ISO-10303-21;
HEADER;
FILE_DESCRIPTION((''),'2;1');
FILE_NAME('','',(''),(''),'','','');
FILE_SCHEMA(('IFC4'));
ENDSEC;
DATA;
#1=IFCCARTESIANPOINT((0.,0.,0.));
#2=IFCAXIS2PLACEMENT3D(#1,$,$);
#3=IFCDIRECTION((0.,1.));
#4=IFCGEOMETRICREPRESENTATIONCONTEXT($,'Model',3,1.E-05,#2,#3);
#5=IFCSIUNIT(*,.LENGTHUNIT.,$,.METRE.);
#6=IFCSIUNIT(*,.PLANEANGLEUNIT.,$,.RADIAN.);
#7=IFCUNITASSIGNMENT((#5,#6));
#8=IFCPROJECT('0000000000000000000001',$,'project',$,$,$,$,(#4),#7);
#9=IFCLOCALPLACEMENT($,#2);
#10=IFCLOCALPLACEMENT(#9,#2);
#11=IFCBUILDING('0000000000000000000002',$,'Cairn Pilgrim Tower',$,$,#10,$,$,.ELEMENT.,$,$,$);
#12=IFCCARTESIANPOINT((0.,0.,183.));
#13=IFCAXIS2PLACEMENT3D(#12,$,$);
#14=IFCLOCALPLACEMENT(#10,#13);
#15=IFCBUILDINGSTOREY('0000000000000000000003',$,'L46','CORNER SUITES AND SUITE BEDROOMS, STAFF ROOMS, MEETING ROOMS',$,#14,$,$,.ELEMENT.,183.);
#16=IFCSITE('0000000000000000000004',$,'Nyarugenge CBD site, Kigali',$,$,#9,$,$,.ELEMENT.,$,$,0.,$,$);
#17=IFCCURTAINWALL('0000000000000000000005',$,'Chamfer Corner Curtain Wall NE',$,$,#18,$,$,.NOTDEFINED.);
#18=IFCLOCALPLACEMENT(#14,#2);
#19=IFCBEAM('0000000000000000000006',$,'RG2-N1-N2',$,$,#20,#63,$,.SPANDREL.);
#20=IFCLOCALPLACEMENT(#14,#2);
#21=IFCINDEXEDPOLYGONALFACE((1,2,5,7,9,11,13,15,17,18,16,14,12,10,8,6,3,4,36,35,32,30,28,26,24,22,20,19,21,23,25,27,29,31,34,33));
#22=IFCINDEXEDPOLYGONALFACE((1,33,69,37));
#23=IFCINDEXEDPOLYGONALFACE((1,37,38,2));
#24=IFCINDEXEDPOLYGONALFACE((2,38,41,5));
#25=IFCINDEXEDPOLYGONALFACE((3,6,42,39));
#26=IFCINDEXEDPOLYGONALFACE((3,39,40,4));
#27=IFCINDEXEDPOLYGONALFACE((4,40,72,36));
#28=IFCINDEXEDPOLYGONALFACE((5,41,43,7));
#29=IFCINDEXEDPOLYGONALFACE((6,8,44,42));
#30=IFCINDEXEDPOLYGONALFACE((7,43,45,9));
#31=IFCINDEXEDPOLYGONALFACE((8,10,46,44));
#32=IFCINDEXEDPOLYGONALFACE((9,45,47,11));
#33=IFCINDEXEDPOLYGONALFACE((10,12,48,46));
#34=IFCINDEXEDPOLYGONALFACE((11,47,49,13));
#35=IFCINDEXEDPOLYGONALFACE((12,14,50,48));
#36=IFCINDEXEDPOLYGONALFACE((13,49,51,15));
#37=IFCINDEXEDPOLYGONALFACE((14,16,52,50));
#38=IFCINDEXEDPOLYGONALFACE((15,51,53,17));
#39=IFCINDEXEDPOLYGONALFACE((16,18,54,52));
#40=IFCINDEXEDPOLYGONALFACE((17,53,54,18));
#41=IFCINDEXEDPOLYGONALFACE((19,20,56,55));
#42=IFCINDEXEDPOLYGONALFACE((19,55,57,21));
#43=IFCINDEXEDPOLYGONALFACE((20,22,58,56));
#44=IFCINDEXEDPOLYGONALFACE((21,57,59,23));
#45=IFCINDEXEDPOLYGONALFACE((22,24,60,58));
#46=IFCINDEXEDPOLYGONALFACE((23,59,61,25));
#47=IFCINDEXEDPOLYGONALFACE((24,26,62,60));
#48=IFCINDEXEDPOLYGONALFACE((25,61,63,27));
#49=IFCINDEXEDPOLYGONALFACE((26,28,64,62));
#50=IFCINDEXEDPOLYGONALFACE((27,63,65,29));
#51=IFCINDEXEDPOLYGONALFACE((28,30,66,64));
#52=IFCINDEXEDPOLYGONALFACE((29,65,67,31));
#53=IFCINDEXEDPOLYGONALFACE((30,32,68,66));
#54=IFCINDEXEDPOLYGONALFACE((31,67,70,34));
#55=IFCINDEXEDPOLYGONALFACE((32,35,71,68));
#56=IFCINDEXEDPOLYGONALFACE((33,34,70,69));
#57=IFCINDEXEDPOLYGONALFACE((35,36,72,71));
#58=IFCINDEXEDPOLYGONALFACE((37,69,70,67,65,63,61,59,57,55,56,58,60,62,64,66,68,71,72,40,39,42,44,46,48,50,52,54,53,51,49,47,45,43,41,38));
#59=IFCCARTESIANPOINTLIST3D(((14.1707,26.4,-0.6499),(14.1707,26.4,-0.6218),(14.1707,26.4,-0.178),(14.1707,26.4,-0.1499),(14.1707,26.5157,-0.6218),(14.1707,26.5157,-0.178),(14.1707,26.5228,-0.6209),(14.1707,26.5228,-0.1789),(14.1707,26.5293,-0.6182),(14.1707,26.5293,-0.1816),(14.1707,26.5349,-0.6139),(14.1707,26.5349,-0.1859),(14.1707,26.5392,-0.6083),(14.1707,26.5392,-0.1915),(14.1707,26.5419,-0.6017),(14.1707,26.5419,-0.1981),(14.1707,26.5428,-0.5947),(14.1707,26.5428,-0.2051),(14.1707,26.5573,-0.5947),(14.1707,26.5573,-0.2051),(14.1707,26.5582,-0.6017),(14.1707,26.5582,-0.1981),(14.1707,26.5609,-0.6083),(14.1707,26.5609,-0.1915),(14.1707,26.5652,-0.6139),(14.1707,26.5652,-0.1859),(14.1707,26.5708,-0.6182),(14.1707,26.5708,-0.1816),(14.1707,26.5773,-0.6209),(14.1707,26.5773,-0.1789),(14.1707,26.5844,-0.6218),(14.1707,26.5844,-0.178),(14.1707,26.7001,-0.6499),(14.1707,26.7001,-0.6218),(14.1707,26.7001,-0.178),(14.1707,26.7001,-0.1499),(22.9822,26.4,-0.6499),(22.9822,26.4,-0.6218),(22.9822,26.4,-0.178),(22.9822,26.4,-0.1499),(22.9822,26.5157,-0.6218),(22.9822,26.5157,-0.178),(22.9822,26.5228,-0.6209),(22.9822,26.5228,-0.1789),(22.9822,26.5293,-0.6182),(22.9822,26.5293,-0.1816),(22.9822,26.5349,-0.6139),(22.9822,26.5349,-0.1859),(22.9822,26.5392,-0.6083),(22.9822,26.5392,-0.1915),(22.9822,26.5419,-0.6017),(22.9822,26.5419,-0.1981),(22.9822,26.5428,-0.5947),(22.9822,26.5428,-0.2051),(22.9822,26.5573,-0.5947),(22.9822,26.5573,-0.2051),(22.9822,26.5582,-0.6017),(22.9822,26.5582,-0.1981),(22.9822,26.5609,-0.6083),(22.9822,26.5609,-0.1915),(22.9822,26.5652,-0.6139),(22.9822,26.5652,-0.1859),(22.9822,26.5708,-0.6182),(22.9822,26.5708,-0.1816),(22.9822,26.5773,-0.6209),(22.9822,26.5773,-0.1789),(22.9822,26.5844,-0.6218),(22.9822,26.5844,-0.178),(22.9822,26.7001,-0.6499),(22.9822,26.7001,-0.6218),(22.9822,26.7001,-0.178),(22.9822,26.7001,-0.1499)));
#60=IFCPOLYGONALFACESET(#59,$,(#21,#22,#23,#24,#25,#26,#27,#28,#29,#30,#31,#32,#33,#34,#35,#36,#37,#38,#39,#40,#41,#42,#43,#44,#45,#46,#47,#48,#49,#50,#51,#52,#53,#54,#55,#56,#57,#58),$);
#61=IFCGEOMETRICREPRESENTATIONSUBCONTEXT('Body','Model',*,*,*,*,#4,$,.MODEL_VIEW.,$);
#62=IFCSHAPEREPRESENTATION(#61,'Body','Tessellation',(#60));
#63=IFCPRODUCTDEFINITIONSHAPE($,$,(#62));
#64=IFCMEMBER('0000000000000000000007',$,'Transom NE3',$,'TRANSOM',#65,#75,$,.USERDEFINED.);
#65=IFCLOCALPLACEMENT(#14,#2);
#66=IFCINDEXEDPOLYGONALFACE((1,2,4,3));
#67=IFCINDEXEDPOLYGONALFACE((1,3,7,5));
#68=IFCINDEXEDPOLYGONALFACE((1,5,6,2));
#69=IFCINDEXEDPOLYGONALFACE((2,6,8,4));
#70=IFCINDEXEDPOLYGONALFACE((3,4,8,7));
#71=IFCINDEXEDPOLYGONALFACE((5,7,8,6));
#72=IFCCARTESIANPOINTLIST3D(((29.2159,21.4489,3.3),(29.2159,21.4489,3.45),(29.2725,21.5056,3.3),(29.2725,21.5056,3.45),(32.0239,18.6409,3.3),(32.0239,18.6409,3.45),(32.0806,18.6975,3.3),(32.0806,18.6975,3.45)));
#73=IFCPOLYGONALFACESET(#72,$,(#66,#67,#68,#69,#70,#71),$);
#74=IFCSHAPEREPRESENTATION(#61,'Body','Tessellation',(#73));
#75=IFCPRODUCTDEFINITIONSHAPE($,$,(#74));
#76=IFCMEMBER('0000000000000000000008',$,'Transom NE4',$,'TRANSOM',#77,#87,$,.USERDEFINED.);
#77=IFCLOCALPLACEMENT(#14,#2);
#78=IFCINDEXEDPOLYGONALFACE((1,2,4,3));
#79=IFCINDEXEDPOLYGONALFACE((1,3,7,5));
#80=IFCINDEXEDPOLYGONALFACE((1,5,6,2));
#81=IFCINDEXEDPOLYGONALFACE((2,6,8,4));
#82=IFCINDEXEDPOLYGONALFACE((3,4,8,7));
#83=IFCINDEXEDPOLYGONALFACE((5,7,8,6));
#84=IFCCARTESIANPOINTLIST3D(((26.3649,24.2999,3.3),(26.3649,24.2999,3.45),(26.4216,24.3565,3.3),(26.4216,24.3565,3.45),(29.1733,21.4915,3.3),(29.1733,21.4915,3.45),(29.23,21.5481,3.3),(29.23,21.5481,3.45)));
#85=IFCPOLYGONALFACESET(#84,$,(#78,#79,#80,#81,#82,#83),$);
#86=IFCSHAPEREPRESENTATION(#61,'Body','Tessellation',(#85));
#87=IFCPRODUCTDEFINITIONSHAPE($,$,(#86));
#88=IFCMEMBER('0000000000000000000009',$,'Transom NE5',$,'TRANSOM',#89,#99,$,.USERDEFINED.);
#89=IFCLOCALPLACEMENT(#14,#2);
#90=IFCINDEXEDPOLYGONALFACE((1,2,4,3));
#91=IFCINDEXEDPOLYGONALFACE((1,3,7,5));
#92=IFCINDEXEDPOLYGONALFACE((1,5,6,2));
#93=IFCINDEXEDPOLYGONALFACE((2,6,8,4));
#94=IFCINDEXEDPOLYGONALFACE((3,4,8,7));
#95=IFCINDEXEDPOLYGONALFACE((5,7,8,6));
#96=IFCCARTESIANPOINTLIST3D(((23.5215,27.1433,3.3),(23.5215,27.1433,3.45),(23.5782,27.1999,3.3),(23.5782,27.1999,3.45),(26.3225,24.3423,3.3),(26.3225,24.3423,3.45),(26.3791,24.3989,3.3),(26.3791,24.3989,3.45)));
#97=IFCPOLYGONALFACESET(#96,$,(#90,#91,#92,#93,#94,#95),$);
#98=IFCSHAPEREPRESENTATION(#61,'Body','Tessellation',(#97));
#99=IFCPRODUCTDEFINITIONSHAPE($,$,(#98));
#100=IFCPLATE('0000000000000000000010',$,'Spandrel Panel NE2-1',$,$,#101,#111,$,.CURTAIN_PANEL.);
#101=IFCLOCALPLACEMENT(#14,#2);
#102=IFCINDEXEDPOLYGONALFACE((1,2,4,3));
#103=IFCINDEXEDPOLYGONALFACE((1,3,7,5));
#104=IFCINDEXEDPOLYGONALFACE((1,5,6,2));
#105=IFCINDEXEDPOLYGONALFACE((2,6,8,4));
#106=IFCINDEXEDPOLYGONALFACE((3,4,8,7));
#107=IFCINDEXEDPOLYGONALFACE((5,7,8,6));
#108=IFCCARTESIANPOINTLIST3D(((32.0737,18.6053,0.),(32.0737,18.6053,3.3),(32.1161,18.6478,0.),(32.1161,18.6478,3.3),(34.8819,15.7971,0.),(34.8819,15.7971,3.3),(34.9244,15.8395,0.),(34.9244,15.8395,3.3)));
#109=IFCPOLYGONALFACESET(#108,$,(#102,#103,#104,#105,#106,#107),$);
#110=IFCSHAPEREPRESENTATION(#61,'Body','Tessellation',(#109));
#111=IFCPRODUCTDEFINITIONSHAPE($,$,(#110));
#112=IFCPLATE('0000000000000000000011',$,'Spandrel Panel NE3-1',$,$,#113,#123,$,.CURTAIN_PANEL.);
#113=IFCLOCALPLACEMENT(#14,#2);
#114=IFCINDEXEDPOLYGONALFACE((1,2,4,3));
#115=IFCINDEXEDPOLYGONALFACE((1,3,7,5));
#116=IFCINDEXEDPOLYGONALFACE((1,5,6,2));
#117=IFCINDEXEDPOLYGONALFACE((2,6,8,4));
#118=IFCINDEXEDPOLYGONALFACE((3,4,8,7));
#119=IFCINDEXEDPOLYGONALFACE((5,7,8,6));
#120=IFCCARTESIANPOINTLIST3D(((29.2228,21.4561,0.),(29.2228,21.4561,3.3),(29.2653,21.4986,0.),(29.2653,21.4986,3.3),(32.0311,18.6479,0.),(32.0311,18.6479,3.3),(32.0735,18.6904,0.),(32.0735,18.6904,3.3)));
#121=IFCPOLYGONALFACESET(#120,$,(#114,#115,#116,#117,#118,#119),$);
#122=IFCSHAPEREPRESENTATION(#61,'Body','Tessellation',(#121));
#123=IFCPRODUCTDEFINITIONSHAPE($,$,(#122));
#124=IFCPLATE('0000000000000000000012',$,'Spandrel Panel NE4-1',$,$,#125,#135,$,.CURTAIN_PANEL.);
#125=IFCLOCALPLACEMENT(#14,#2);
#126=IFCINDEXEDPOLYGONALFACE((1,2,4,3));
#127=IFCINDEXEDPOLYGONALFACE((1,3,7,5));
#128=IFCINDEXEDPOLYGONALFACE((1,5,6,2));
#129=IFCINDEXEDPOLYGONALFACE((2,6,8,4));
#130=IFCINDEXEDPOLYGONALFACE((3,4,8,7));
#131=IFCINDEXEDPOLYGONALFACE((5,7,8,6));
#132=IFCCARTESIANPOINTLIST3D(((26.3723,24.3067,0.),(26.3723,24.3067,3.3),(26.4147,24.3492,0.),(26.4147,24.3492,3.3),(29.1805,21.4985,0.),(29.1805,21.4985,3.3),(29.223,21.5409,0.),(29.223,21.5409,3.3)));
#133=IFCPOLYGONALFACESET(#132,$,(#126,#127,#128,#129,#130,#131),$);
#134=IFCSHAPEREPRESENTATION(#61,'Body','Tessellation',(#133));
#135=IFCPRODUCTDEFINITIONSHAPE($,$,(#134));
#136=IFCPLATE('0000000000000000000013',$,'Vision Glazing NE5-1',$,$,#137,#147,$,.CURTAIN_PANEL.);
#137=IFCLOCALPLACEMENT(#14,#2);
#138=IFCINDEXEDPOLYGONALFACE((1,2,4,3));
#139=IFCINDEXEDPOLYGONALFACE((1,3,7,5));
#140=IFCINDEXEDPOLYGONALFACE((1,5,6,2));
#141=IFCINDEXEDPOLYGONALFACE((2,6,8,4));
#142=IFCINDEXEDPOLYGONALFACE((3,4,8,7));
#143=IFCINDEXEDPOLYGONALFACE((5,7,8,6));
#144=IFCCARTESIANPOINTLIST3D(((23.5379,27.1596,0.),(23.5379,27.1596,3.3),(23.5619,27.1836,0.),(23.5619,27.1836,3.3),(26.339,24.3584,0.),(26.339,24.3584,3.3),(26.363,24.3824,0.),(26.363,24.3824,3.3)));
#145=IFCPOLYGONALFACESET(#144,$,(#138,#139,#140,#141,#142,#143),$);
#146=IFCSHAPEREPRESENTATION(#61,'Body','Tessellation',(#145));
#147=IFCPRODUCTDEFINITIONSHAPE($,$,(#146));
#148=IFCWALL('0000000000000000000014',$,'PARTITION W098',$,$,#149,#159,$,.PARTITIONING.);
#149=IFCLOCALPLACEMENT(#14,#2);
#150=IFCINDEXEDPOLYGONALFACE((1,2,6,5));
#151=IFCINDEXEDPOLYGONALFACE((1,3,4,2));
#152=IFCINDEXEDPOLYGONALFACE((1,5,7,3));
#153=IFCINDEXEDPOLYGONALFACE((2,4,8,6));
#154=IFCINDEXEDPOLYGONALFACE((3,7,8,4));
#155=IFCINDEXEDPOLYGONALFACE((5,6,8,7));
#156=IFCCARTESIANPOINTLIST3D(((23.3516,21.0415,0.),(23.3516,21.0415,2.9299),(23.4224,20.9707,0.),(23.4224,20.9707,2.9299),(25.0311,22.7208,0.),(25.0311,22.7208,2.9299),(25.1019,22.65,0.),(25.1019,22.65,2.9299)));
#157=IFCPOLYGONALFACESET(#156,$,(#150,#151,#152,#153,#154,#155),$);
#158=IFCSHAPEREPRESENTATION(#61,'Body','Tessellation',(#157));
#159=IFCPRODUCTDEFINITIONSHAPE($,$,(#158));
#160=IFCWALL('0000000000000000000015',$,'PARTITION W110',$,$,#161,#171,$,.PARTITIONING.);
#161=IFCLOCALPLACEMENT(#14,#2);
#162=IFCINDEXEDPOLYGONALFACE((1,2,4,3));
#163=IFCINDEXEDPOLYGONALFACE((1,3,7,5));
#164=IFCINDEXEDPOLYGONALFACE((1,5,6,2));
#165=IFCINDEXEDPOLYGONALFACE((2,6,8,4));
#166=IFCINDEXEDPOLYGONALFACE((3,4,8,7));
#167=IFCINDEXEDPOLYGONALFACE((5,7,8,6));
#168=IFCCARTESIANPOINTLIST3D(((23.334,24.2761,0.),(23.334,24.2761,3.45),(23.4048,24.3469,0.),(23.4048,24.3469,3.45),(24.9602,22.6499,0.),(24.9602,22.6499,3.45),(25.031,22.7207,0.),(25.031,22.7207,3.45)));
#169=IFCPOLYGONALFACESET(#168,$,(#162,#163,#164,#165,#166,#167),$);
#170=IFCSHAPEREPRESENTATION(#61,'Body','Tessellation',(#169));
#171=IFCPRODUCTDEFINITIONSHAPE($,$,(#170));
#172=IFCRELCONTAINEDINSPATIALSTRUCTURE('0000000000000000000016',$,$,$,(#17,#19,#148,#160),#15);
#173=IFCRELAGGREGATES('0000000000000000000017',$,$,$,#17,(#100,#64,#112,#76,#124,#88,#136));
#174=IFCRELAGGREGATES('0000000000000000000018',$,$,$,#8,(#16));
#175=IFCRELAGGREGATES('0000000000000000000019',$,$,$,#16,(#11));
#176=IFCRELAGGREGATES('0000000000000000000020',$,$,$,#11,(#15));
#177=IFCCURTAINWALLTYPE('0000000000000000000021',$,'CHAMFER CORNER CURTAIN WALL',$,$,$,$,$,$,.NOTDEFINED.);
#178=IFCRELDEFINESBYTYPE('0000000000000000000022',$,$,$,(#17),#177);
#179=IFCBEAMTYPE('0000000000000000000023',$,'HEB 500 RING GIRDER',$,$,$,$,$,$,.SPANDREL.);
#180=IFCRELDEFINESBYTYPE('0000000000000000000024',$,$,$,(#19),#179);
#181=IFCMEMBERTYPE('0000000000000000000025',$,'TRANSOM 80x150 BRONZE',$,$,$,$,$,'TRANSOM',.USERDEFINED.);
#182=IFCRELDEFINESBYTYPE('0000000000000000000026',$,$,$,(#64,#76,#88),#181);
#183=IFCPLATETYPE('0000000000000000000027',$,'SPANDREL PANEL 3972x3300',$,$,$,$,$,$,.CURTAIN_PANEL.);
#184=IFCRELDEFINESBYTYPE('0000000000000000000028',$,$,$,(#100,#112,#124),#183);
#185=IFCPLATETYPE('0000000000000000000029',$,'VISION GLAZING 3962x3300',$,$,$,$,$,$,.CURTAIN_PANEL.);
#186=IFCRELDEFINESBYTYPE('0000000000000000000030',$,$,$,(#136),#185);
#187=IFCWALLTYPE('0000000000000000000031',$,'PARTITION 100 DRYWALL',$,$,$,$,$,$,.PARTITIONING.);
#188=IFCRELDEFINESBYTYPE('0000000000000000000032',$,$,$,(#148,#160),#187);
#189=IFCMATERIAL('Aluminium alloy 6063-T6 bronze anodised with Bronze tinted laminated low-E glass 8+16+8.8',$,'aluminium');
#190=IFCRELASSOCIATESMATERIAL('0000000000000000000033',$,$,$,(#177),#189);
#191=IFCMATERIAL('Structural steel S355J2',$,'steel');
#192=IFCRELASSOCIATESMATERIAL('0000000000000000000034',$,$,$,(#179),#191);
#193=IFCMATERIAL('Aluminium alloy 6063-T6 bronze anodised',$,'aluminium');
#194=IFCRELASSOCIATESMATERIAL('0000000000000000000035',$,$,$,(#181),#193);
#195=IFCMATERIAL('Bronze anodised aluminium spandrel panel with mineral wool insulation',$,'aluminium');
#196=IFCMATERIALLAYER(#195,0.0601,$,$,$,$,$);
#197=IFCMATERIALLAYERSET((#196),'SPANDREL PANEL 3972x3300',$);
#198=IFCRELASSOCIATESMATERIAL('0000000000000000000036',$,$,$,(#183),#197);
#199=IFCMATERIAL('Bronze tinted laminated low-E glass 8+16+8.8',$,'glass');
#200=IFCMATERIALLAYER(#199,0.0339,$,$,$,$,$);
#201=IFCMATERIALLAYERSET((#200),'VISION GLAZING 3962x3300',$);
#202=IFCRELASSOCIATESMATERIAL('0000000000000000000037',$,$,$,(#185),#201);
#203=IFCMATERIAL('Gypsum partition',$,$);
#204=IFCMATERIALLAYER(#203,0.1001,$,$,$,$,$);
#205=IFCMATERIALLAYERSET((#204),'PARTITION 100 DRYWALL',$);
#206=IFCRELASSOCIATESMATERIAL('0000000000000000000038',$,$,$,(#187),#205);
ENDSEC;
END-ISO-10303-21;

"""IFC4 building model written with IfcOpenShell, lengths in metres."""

from ifc_helpers import new_model, si_unit, direction, frame, frame_2d, origin, origin_2d, place, context, subcontext, project, spatial, rectangle, i_section, extrude, material, layer, layer_set, material_profile, profile_set, type_object, element, aggregate, save


model = new_model("IFC4")

# Units and contexts
model_context = context("Model", 3, precision=1e-05, world=origin(), true_north=direction((0.0, 1.0)))
body_context = subcontext(model_context, "Body", "Model", "MODEL_VIEW")
ifc_project = project(units=[si_unit("LENGTHUNIT", "METRE"), si_unit("PLANEANGLEUNIT", "RADIAN")], contexts=[model_context])

# Site, building, storey
site_placement = place(None, origin())
site = spatial("IfcSite", under=ifc_project, at=site_placement, Name="Nyarugenge CBD site, Kigali", CompositionType="ELEMENT", RefElevation=0.0)
building_placement = place(site_placement, origin())
building = spatial("IfcBuilding", under=site, at=building_placement, Name="Cairn Pilgrim Tower", CompositionType="ELEMENT")
storey_placement = place(building_placement, frame((0.0, 0.0, 183.0)))
storey = spatial("IfcBuildingStorey", under=building, at=storey_placement, Name="L46", Description="CORNER SUITES AND SUITE BEDROOMS, STAFF ROOMS, MEETING ROOMS", CompositionType="ELEMENT", Elevation=183.0)

# Shared definitions
ifc_material_1 = material(Name="Structural steel S355J2", Category="steel")

# Curtain wall
ifc_material_2 = material(Name="Aluminium alloy 6063-T6 bronze anodised with Bronze tinted laminated low-E glass 8+16+8.8", Category="aluminium")
curtain_wall_type_1 = type_object("IfcCurtainWallType", Name="CHAMFER CORNER CURTAIN WALL", PredefinedType="NOTDEFINED", material=ifc_material_2)
curtain_wall_1_placement = place(storey_placement, origin())
curtain_wall_1 = element("IfcCurtainWall", 1, at=curtain_wall_1_placement, inside=storey, type_object=curtain_wall_type_1, Name="Chamfer Corner Curtain Wall NE", PredefinedType="NOTDEFINED")
ifc_material_3 = material(Name="Aluminium alloy 6063-T6 bronze anodised", Category="aluminium")

# Beam
ifc_material_profile_1 = material_profile(ifc_material_1, i_section(OverallWidth=0.3, OverallDepth=0.5, WebThickness=0.0144, FlangeThickness=0.0281, FilletRadius=0.0271, at=origin_2d()), Name="HEB 500")
ifc_profile_set_1 = profile_set([ifc_material_profile_1], Name="Structural steel S355J2")
beam_type_1 = type_object("IfcBeamType", Name="HEB 500 RING GIRDER", PredefinedType="SPANDREL", material=ifc_profile_set_1)
beam_1_placement = place(storey_placement, frame((22.9822, 26.55, -0.3999), z_axis=(-1.0, 0.0, 0.0), x_axis=(0.0, -1.0, 0.0)))
element("IfcBeam", 2, at=beam_1_placement, inside=storey, type_object=beam_type_1, Name="RG2-N1-N2", PredefinedType="SPANDREL", context=body_context, shape_type="SweptSolid", body=[
    extrude(i_section(OverallWidth=0.3, OverallDepth=0.5, WebThickness=0.0144, FlangeThickness=0.0281, FilletRadius=0.0271, at=origin_2d()), origin(), (0.0, 0.0, 1.0), 8.8115),
])

# Members
ifc_material_profile_2 = material_profile(ifc_material_3, rectangle(XDim=0.0801, YDim=0.1499, at=origin_2d()), Name="TRANSOM 80x150 BRONZE")
ifc_profile_set_2 = profile_set([ifc_material_profile_2], Name="Aluminium alloy 6063-T6 bronze anodised")
member_type_1 = type_object("IfcMemberType", Name="TRANSOM 80x150 BRONZE", ElementType="TRANSOM", PredefinedType="USERDEFINED", material=ifc_profile_set_2)
member_1_placement = place(storey_placement, frame((32.0522, 18.6692, 3.375), z_axis=(-0.707107, 0.707107, 0.0), x_axis=(-0.707107, -0.707107, 0.0)))
member_1 = element("IfcMember", 3, at=member_1_placement, type_object=member_type_1, Name="Transom NE3", ObjectType="TRANSOM", PredefinedType="USERDEFINED", context=body_context, shape_type="SweptSolid", body=[
    extrude(rectangle(XDim=0.0801, YDim=0.1499, at=origin_2d()), origin(), (0.0, 0.0, 1.0), 3.9712),
])
member_2_placement = place(storey_placement, frame((29.2017, 21.5198, 3.375), z_axis=(-0.707107, 0.707107, 0.0), x_axis=(-0.707107, -0.707107, 0.0)))
member_2 = element("IfcMember", 4, at=member_2_placement, type_object=member_type_1, Name="Transom NE4", ObjectType="TRANSOM", PredefinedType="USERDEFINED", context=body_context, shape_type="SweptSolid", body=[
    extrude(rectangle(XDim=0.0801, YDim=0.1499, at=origin_2d()), origin(), (0.0, 0.0, 1.0), 3.9717),
])
member_3_placement = place(storey_placement, frame((26.3508, 24.3706, 3.375), z_axis=(-0.707107, 0.707107, 0.0), x_axis=(-0.707107, -0.707107, 0.0)))
member_3 = element("IfcMember", 5, at=member_3_placement, type_object=member_type_1, Name="Transom NE5", ObjectType="TRANSOM", PredefinedType="USERDEFINED", context=body_context, shape_type="SweptSolid", body=[
    extrude(rectangle(XDim=0.0801, YDim=0.1499, at=origin_2d()), origin(), (0.0, 0.0, 1.0), 3.9612),
])

# Plates
ifc_material_4 = material(Name="Bronze anodised aluminium spandrel panel with mineral wool insulation", Category="aluminium")
ifc_layer_1 = layer(ifc_material_4, 0.0601)
ifc_layer_set_1 = layer_set([ifc_layer_1], Name="SPANDREL PANEL 3972x3300")
plate_type_1 = type_object("IfcPlateType", Name="SPANDREL PANEL 3972x3300", PredefinedType="CURTAIN_PANEL", material=ifc_layer_set_1)
plate_1_placement = place(storey_placement, frame((33.499, 17.2224, 0.0), z_axis=(0.0, 0.0, 1.0), x_axis=(-0.707107, 0.707107, 0.0)))
plate_1 = element("IfcPlate", 6, at=plate_1_placement, type_object=plate_type_1, Name="Spandrel Panel NE2-1", PredefinedType="CURTAIN_PANEL", context=body_context, shape_type="SweptSolid", body=[
    extrude(rectangle(XDim=3.9714, YDim=0.0601, at=origin_2d()), origin(), (0.0, 0.0, 1.0), 3.3),
])
plate_2_placement = place(storey_placement, frame((30.6482, 20.0732, 0.0), z_axis=(0.0, 0.0, 1.0), x_axis=(-0.707107, 0.707107, 0.0)))
plate_2 = element("IfcPlate", 7, at=plate_2_placement, type_object=plate_type_1, Name="Spandrel Panel NE3-1", PredefinedType="CURTAIN_PANEL", context=body_context, shape_type="SweptSolid", body=[
    extrude(rectangle(XDim=3.9714, YDim=0.0601, at=origin_2d()), origin(), (0.0, 0.0, 1.0), 3.3),
])
plate_3_placement = place(storey_placement, frame((27.7976, 22.9238, 0.0), z_axis=(0.0, 0.0, 1.0), x_axis=(-0.707107, 0.707107, 0.0)))
plate_3 = element("IfcPlate", 8, at=plate_3_placement, type_object=plate_type_1, Name="Spandrel Panel NE4-1", PredefinedType="CURTAIN_PANEL", context=body_context, shape_type="SweptSolid", body=[
    extrude(rectangle(XDim=3.9714, YDim=0.0601, at=origin_2d()), origin(), (0.0, 0.0, 1.0), 3.3),
])
ifc_material_5 = material(Name="Bronze tinted laminated low-E glass 8+16+8.8", Category="glass")
ifc_layer_2 = layer(ifc_material_5, 0.0339)
ifc_layer_set_2 = layer_set([ifc_layer_2], Name="VISION GLAZING 3962x3300")
plate_type_2 = type_object("IfcPlateType", Name="VISION GLAZING 3962x3300", PredefinedType="CURTAIN_PANEL", material=ifc_layer_set_2)
plate_4_placement = place(storey_placement, frame((24.9504, 25.771, 0.0), z_axis=(0.0, 0.0, 1.0), x_axis=(-0.707107, 0.707107, 0.0)))
plate_4 = element("IfcPlate", 9, at=plate_4_placement, type_object=plate_type_2, Name="Vision Glazing NE5-1", PredefinedType="CURTAIN_PANEL", context=body_context, shape_type="SweptSolid", body=[
    extrude(rectangle(XDim=3.9614, YDim=0.0339, at=origin_2d()), origin(), (0.0, 0.0, 1.0), 3.3),
])
aggregate(curtain_wall_1, [plate_1, member_1, plate_2, member_2, plate_3, member_3, plate_4])

# Walls
ifc_material_6 = material(Name="Gypsum partition")
ifc_layer_3 = layer(ifc_material_6, 0.1001)
ifc_layer_set_3 = layer_set([ifc_layer_3], Name="PARTITION 100 DRYWALL")
wall_type_1 = type_object("IfcWallType", Name="PARTITION 100 DRYWALL", PredefinedType="PARTITIONING", material=ifc_layer_set_3)
wall_1_placement = place(storey_placement, frame((23.387, 21.0061, 0.0), z_axis=(0.0, 0.0, 1.0), x_axis=(0.707158, 0.707055, 0.0)))
element("IfcWall", 10, at=wall_1_placement, inside=storey, type_object=wall_type_1, Name="PARTITION W098", PredefinedType="PARTITIONING", context=body_context, shape_type="SweptSolid", body=[
    extrude(rectangle(XDim=2.375, YDim=0.1001, at=frame_2d((1.1875, 0.0))), origin(), (0.0, 0.0, 1.0), 2.9299),
])
wall_2_placement = place(storey_placement, frame((24.9956, 22.6853, 0.0), z_axis=(0.0, 0.0, 1.0), x_axis=(-0.707107, 0.707107, 0.0)))
element("IfcWall", 11, at=wall_2_placement, inside=storey, type_object=wall_type_1, Name="PARTITION W110", PredefinedType="PARTITIONING", context=body_context, shape_type="SweptSolid", body=[
    extrude(rectangle(XDim=2.2998, YDim=0.1001, at=frame_2d((1.1499, 0.0))), origin(), (0.0, 0.0, 1.0), 3.45),
])

save(model, "model.ifc")
